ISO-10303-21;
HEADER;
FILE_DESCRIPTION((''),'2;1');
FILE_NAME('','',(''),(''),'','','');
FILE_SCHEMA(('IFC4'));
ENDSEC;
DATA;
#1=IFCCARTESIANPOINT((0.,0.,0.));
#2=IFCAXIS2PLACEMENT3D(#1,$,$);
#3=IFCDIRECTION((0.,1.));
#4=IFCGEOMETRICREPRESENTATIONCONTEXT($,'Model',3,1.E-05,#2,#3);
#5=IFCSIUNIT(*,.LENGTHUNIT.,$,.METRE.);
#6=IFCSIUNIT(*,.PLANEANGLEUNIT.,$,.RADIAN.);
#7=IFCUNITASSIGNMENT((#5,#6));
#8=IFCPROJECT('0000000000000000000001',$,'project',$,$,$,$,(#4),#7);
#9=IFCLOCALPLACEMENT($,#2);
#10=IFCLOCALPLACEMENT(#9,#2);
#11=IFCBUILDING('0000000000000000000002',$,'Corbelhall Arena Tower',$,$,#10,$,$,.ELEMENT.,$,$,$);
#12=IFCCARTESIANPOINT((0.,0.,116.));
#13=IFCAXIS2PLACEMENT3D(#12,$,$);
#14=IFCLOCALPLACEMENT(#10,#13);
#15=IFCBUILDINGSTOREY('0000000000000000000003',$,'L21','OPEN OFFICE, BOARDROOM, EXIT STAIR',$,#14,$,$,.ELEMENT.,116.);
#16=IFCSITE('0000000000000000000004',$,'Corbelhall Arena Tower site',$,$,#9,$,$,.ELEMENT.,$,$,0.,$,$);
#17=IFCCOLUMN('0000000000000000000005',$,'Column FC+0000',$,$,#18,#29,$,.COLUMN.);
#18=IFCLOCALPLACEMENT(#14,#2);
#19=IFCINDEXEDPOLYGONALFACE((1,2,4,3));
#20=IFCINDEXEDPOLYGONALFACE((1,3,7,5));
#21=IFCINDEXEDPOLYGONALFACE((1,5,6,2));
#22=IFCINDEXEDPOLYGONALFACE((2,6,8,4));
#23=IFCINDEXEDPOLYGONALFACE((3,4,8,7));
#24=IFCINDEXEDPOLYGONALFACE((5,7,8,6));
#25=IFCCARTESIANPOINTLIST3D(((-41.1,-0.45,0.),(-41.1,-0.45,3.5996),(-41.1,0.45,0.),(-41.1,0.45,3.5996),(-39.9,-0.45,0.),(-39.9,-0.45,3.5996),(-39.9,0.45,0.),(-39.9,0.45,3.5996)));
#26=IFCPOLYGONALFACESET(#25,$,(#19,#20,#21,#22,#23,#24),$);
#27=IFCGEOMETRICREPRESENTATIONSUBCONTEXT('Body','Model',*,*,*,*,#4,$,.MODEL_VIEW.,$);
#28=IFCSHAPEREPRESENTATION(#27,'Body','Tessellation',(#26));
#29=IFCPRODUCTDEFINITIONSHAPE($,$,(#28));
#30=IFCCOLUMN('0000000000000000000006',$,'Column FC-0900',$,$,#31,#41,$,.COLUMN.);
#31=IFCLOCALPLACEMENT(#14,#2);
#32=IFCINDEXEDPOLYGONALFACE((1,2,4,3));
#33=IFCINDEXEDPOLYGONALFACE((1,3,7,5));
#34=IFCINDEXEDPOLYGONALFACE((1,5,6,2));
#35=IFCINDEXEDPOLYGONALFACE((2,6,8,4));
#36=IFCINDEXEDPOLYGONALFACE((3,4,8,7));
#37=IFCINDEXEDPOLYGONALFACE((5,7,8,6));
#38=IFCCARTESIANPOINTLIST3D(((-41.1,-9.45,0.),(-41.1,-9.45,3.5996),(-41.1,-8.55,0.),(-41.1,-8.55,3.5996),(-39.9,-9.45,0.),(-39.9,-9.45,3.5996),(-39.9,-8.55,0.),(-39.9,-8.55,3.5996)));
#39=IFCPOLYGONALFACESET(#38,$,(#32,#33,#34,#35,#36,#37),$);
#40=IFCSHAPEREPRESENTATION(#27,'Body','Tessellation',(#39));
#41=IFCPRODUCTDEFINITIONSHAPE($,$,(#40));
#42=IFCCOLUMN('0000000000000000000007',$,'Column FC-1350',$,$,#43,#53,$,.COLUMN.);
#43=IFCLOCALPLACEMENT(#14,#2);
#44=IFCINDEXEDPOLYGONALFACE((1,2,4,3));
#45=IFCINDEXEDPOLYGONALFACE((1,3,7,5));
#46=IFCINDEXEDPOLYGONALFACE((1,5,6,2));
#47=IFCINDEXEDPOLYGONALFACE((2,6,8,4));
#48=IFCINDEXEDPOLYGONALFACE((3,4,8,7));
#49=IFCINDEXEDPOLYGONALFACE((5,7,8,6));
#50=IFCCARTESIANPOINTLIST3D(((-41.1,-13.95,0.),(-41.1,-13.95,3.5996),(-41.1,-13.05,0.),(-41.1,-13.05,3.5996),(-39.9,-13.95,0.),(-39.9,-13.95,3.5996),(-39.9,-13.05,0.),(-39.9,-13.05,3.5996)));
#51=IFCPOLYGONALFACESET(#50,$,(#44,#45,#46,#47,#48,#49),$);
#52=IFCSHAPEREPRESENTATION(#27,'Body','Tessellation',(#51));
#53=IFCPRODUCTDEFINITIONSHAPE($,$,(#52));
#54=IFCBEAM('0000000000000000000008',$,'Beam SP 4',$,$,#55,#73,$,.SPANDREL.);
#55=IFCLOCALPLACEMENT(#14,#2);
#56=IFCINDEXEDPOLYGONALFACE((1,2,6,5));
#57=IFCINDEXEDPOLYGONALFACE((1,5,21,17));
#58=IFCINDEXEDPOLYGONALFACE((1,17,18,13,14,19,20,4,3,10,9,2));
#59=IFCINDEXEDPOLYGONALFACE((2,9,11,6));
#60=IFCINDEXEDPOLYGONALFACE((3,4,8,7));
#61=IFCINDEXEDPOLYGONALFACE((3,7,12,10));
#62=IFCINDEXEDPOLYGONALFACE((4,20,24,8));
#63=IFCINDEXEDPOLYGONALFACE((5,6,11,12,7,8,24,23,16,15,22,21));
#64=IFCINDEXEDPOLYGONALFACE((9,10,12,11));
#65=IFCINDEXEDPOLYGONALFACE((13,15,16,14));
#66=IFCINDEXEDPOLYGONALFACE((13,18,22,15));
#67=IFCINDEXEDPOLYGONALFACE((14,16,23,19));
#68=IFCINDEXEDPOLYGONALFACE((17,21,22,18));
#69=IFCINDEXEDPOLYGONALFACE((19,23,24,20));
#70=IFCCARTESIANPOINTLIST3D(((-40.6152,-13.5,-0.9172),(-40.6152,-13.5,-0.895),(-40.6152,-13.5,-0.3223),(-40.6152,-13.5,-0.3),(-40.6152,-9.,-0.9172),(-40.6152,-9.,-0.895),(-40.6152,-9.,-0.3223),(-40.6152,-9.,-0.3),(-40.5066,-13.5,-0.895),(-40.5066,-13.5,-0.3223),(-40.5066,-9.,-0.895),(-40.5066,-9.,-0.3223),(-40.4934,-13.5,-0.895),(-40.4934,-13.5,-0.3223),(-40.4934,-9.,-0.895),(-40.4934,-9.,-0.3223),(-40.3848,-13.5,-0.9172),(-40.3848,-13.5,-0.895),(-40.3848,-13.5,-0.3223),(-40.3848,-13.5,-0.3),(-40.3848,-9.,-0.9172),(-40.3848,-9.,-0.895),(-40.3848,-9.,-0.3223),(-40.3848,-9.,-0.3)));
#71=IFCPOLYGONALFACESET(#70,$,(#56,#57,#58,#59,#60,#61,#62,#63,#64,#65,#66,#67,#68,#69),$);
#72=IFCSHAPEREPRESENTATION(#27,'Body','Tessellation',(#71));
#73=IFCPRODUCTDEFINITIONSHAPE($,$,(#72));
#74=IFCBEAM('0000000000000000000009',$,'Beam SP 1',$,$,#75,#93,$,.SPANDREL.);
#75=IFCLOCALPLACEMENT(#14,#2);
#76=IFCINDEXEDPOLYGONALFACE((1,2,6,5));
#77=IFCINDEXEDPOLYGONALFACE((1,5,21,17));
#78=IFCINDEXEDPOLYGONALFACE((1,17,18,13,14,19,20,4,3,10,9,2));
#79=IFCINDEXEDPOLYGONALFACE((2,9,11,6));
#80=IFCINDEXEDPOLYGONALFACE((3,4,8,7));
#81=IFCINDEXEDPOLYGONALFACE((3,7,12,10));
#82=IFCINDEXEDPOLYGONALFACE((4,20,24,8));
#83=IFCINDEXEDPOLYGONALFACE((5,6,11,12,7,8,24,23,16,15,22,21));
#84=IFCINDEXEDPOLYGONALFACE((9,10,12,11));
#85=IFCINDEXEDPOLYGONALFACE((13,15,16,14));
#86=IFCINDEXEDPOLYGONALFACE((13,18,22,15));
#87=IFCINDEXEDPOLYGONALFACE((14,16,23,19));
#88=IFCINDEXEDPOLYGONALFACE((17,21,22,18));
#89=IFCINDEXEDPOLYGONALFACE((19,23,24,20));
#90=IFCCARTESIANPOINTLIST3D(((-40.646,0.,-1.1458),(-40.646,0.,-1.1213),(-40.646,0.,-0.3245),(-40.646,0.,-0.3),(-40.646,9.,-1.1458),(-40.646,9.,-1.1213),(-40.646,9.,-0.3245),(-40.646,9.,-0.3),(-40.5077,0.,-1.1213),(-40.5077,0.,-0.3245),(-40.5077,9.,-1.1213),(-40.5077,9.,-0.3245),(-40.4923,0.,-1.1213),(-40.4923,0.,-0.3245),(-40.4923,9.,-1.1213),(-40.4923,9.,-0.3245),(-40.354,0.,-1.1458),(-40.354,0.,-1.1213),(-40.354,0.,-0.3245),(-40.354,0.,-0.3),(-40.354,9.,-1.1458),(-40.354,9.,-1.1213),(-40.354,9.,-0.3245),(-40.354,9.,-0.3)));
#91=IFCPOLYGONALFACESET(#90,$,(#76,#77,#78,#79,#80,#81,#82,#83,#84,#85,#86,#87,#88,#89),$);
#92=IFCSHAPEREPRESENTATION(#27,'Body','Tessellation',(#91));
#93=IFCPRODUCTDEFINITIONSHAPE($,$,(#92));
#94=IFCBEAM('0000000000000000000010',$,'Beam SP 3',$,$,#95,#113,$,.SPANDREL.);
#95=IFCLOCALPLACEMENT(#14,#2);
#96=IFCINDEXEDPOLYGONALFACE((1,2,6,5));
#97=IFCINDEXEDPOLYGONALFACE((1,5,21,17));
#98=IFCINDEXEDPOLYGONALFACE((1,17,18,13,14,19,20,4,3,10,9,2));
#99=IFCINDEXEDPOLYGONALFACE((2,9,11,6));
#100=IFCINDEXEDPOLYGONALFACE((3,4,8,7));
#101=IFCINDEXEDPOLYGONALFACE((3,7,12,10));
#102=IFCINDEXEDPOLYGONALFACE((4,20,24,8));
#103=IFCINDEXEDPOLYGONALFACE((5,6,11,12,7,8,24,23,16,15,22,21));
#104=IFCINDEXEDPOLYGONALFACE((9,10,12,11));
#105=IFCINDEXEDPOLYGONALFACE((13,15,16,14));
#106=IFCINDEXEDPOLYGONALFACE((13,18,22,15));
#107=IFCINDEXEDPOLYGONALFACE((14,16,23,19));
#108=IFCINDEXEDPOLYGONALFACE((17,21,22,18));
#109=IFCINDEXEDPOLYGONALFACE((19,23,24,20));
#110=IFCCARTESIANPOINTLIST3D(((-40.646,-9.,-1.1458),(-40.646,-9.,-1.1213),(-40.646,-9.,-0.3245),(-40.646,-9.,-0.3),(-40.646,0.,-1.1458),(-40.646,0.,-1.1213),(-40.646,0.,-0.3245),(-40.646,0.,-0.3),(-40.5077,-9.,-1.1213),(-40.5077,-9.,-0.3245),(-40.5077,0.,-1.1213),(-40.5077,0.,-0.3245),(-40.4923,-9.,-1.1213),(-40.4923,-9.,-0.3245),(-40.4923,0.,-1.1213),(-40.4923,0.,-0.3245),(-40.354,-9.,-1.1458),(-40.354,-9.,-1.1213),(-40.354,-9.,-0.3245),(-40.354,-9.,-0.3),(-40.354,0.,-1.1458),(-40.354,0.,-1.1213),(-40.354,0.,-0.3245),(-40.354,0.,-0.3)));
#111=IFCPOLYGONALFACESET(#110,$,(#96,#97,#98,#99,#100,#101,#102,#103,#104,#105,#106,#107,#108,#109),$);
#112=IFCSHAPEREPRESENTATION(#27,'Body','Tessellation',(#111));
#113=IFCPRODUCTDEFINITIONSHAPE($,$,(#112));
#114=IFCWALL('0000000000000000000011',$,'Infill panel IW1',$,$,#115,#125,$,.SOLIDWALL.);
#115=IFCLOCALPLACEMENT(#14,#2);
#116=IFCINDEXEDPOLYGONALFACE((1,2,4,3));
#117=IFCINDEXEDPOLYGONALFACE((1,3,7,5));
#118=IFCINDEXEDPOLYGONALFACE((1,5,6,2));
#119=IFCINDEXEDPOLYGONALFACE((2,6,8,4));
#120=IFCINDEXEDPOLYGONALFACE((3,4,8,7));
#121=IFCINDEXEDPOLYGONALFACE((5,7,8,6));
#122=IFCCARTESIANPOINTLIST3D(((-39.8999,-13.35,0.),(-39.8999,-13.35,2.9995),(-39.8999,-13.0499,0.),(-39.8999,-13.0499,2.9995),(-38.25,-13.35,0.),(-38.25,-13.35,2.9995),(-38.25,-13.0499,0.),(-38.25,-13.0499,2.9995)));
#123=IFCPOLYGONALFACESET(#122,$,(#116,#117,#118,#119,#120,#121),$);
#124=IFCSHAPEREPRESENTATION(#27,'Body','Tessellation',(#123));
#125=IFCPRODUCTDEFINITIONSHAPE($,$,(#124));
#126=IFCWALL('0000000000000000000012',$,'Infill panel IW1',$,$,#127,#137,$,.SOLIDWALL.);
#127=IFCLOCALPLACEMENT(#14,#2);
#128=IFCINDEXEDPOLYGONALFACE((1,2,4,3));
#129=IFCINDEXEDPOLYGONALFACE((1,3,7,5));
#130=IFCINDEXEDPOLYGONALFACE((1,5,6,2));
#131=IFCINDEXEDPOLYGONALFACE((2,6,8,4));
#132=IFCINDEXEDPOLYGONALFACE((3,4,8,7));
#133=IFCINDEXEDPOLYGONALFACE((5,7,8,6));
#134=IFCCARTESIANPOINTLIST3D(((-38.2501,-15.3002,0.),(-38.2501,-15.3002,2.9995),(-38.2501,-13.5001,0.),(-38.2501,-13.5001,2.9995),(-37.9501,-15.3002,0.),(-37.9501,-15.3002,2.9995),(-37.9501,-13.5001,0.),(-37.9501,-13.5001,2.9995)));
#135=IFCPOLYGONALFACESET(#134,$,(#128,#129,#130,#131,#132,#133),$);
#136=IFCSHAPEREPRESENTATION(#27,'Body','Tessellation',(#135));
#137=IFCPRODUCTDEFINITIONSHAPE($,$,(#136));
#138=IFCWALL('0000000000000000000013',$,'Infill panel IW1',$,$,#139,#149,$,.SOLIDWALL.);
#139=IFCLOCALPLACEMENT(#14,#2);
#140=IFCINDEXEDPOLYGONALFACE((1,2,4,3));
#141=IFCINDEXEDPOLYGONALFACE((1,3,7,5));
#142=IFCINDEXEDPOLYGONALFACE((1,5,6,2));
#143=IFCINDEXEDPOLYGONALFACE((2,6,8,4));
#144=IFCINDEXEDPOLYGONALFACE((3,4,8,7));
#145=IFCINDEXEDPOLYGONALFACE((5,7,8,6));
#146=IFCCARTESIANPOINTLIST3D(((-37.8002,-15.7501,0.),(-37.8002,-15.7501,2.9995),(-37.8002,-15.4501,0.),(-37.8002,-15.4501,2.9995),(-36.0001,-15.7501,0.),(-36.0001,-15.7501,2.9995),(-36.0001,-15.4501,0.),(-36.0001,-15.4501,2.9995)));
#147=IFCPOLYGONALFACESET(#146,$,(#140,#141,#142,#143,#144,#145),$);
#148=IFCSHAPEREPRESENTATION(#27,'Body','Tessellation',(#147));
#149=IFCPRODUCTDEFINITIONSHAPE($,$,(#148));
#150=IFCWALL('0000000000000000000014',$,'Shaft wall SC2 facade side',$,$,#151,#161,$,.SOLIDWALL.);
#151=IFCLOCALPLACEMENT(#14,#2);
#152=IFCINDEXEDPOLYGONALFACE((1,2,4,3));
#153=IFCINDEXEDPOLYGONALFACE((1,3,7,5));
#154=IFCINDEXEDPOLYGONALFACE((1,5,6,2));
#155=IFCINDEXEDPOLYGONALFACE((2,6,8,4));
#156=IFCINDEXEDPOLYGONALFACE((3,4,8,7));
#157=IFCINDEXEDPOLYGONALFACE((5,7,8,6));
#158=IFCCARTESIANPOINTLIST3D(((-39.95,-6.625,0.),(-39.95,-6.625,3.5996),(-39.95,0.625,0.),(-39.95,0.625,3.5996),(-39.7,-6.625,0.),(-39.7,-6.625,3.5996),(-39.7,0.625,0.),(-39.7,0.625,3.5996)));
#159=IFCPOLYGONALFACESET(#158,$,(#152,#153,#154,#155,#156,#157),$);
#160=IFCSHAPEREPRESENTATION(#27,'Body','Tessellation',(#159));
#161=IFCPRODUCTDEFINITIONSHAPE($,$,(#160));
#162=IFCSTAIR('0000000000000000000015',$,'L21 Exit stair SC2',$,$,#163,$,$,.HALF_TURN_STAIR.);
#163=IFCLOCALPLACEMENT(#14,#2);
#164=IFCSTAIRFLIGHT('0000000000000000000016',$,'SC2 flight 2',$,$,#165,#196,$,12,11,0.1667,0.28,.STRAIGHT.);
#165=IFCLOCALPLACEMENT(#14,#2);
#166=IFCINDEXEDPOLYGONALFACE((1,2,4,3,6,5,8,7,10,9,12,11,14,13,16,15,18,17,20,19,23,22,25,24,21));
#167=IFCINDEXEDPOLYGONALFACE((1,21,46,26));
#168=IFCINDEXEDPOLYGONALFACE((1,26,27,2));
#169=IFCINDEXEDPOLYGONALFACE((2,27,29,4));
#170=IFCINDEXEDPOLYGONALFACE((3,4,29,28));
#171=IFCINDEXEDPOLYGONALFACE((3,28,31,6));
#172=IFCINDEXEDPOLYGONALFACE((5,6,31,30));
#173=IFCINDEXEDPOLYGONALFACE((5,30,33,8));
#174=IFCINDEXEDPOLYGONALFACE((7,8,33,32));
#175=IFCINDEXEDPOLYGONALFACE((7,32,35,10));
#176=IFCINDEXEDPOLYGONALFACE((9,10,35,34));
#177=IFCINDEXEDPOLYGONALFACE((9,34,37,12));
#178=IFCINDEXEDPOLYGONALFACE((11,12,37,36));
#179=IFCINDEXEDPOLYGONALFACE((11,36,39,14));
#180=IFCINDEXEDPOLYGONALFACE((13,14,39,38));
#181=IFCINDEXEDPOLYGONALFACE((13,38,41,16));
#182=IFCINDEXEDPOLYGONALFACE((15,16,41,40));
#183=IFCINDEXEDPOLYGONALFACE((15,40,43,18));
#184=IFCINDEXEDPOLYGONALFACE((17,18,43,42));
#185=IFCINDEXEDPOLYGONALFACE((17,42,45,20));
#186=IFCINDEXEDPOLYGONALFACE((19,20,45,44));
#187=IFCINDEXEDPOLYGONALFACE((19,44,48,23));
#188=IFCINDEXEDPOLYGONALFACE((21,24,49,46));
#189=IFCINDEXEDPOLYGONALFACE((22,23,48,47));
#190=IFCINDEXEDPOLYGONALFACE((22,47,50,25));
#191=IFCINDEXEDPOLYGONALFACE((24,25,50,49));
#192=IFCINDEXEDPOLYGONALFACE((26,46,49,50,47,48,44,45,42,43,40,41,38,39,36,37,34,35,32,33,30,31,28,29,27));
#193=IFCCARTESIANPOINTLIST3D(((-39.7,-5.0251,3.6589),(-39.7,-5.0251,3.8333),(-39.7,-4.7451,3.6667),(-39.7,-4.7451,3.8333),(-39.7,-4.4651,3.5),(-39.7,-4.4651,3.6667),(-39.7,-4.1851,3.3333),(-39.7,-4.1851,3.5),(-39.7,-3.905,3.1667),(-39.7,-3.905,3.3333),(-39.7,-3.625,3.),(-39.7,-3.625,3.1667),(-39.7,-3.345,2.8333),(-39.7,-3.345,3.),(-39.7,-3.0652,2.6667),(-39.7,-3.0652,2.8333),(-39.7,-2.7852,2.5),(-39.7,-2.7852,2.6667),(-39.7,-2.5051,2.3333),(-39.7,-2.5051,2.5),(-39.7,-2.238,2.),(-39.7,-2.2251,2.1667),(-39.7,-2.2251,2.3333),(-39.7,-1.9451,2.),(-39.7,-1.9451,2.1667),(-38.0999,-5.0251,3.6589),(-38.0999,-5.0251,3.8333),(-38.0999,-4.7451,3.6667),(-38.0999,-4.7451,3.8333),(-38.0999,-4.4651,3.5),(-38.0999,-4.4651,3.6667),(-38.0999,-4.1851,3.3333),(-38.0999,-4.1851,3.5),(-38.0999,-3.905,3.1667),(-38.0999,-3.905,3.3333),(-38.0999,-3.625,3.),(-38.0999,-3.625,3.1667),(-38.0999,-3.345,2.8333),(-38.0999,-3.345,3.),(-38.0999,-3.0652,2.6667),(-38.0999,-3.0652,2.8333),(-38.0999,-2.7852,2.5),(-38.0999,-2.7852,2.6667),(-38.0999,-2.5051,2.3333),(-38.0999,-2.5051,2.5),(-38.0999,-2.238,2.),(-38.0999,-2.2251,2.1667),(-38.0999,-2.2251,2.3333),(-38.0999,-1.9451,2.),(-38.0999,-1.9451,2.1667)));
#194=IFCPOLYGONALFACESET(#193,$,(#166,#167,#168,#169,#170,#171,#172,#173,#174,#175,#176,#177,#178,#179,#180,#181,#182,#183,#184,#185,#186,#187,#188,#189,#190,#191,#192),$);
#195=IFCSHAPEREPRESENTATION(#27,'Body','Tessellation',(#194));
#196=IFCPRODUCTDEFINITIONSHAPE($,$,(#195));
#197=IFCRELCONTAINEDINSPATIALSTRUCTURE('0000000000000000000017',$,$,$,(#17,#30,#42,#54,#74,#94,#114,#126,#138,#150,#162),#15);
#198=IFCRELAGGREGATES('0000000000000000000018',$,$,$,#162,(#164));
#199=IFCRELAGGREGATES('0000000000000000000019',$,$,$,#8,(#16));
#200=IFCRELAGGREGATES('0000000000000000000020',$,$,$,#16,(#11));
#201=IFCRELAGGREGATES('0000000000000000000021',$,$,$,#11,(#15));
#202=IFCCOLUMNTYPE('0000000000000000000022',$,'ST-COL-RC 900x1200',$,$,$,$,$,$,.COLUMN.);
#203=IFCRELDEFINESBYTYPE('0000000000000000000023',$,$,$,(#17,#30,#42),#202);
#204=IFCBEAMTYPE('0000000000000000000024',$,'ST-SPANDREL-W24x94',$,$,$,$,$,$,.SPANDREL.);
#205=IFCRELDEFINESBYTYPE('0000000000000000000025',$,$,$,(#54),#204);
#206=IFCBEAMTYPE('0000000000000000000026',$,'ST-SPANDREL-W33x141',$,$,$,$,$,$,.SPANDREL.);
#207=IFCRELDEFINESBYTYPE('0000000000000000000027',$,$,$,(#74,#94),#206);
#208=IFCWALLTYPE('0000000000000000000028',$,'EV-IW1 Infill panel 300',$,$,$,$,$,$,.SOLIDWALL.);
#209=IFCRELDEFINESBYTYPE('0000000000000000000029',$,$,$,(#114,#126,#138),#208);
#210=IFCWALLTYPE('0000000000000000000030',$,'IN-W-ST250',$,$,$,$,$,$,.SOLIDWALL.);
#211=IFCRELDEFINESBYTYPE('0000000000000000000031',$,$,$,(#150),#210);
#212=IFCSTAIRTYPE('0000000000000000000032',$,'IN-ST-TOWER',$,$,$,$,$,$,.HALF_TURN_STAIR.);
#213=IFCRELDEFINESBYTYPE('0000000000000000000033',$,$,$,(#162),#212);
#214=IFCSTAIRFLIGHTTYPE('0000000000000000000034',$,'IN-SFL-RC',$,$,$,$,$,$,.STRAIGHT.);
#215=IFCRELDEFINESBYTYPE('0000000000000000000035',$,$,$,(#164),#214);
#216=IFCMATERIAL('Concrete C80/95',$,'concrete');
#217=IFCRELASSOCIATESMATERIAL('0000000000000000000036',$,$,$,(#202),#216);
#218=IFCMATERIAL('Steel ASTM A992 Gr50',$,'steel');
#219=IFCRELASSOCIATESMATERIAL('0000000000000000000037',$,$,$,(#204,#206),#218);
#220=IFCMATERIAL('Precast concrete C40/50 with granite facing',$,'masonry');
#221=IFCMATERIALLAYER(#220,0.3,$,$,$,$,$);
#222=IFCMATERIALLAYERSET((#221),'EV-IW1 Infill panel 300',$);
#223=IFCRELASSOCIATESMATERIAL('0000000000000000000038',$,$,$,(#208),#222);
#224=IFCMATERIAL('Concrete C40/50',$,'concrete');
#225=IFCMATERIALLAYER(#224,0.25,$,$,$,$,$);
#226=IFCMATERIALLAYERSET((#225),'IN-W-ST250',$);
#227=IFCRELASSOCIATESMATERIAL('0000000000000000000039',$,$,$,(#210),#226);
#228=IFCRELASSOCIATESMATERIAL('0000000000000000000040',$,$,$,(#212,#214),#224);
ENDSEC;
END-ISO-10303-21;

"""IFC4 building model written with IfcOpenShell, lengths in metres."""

from ifc_helpers import new_model, si_unit, direction, frame, frame_2d, origin, origin_2d, place, context, subcontext, project, spatial, polyline, rectangle, i_section, outline, extrude, material, layer, layer_set, material_profile, profile_set, type_object, element, aggregate, save


model = new_model("IFC4")

# Units and contexts
model_context = context("Model", 3, precision=1e-05, world=origin(), true_north=direction((0.0, 1.0)))
body_context = subcontext(model_context, "Body", "Model", "MODEL_VIEW")
ifc_project = project(units=[si_unit("LENGTHUNIT", "METRE"), si_unit("PLANEANGLEUNIT", "RADIAN")], contexts=[model_context])

# Site, building, storey
site_placement = place(None, origin())
site = spatial("IfcSite", under=ifc_project, at=site_placement, Name="Corbelhall Arena Tower site", CompositionType="ELEMENT", RefElevation=0.0)
building_placement = place(site_placement, origin())
building = spatial("IfcBuilding", under=site, at=building_placement, Name="Corbelhall Arena Tower", CompositionType="ELEMENT")
storey_placement = place(building_placement, frame((0.0, 0.0, 116.0)))
storey = spatial("IfcBuildingStorey", under=building, at=storey_placement, Name="L21", Description="OPEN OFFICE, BOARDROOM, EXIT STAIR", CompositionType="ELEMENT", Elevation=116.0)

# Columns
ifc_material_1 = material(Name="Concrete C80/95", Category="concrete")
ifc_material_profile_1 = material_profile(ifc_material_1, rectangle(XDim=0.8999, YDim=1.2, at=origin_2d()))
ifc_profile_set_1 = profile_set([ifc_material_profile_1], Name="Concrete C80/95")
column_type = type_object("IfcColumnType", Name="ST-COL-RC 900x1200", PredefinedType="COLUMN", material=ifc_profile_set_1)
for number, where, z_axis, x_axis, name in (
    (1, (-40.5, 0.0, 0.0), (0.0, 0.0, 1.0), (0.0, 1.0, 0.0), "Column FC+0000"),
    (2, (-40.5, -9.0, 0.0), (0.0, 0.0, 1.0), (0.0, 1.0, 0.0), "Column FC-0900"),
    (3, (-40.5, -13.5, 0.0), (0.0, 0.0, 1.0), (0.0, 1.0, 0.0), "Column FC-1350"),
):
    element("IfcColumn", number, at=place(storey_placement, frame(where, z_axis=z_axis, x_axis=x_axis)), inside=storey, type_object=column_type, Name=name, PredefinedType="COLUMN", context=body_context, shape_type="SweptSolid", body=[
        extrude(rectangle(XDim=0.8999, YDim=1.2, at=origin_2d()), origin(), (0.0, 0.0, 1.0), 3.5996),
    ])

# Beams
ifc_material_2 = material(Name="Steel ASTM A992 Gr50", Category="steel")
ifc_material_profile_2 = material_profile(ifc_material_2, i_section(OverallWidth=0.2305, OverallDepth=0.6172, WebThickness=0.0132, FlangeThickness=0.0222, at=origin_2d()))
ifc_profile_set_2 = profile_set([ifc_material_profile_2], Name="Steel ASTM A992 Gr50")
beam_type_1 = type_object("IfcBeamType", Name="ST-SPANDREL-W24x94", PredefinedType="SPANDREL", material=ifc_profile_set_2)
beam_placement = place(storey_placement, frame((-40.5, -13.5, -0.6086), z_axis=(0.0, 1.0, 0.0), x_axis=(-1.0, 0.0, 0.0)))
element("IfcBeam", 4, at=beam_placement, inside=storey, type_object=beam_type_1, Name="Beam SP 4", PredefinedType="SPANDREL", context=body_context, shape_type="SweptSolid", body=[
    extrude(i_section(OverallWidth=0.2305, OverallDepth=0.6172, WebThickness=0.0132, FlangeThickness=0.0222, at=origin_2d()), origin(), (0.0, 0.0, 1.0), 4.5),
])
ifc_material_profile_3 = material_profile(ifc_material_2, i_section(OverallWidth=0.292, OverallDepth=0.8457, WebThickness=0.0154, FlangeThickness=0.0244, at=origin_2d()))
ifc_profile_set_3 = profile_set([ifc_material_profile_3], Name="Steel ASTM A992 Gr50")
beam_type_2 = type_object("IfcBeamType", Name="ST-SPANDREL-W33x141", PredefinedType="SPANDREL", material=ifc_profile_set_3)
for number, where, z_axis, x_axis, name in (
    (5, (-40.5, 0.0, -0.7229), (0.0, 1.0, 0.0), (-1.0, 0.0, 0.0), "Beam SP 1"),
    (6, (-40.5, -9.0, -0.7229), (0.0, 1.0, 0.0), (-1.0, 0.0, 0.0), "Beam SP 3"),
):
    element("IfcBeam", number, at=place(storey_placement, frame(where, z_axis=z_axis, x_axis=x_axis)), inside=storey, type_object=beam_type_2, Name=name, PredefinedType="SPANDREL", context=body_context, shape_type="SweptSolid", body=[
        extrude(i_section(OverallWidth=0.292, OverallDepth=0.8457, WebThickness=0.0154, FlangeThickness=0.0244, at=origin_2d()), origin(), (0.0, 0.0, 1.0), 9.0),
    ])

# Walls
ifc_material_3 = material(Name="Precast concrete C40/50 with granite facing", Category="masonry")
ifc_layer_1 = layer(ifc_material_3, 0.3)
ifc_layer_set_1 = layer_set([ifc_layer_1], Name="EV-IW1 Infill panel 300")
wall_type_1 = type_object("IfcWallType", Name="EV-IW1 Infill panel 300", PredefinedType="SOLIDWALL", material=ifc_layer_set_1)
wall_1_placement = place(storey_placement, frame((-39.8999, -13.2, 0.0), z_axis=(0.0, 0.0, 1.0), x_axis=(1.0, 0.0, 0.0)))
element("IfcWall", 7, at=wall_1_placement, inside=storey, type_object=wall_type_1, Name="Infill panel IW1", PredefinedType="SOLIDWALL", context=body_context, shape_type="SweptSolid", body=[
    extrude(rectangle(XDim=1.6499, YDim=0.3, at=frame_2d((0.825, 0.0))), origin(), (0.0, 0.0, 1.0), 2.9995),
])
for number, where, z_axis, x_axis, name in (
    (8, (-38.1001, -15.3, 0.0), (0.0, 0.0, 1.0), (0.0, 1.0, 0.0), "Infill panel IW1"),
    (9, (-37.8, -15.6001, 0.0), (0.0, 0.0, 1.0), (1.0, 0.0, 0.0), "Infill panel IW1"),
):
    element("IfcWall", number, at=place(storey_placement, frame(where, z_axis=z_axis, x_axis=x_axis)), inside=storey, type_object=wall_type_1, Name=name, PredefinedType="SOLIDWALL", context=body_context, shape_type="SweptSolid", body=[
        extrude(rectangle(XDim=1.8, YDim=0.3, at=frame_2d((0.8999, 0.0))), origin(), (0.0, 0.0, 1.0), 2.9995),
    ])

# Wall
ifc_material_4 = material(Name="Concrete C40/50", Category="concrete")
ifc_layer_2 = layer(ifc_material_4, 0.25)
ifc_layer_set_2 = layer_set([ifc_layer_2], Name="IN-W-ST250")
wall_type_2 = type_object("IfcWallType", Name="IN-W-ST250", PredefinedType="SOLIDWALL", material=ifc_layer_set_2)
wall_2_placement = place(storey_placement, frame((-39.825, -6.625, 0.0), z_axis=(0.0, 0.0, 1.0), x_axis=(0.0, 1.0, 0.0)))
element("IfcWall", 10, at=wall_2_placement, inside=storey, type_object=wall_type_2, Name="Shaft wall SC2 facade side", PredefinedType="SOLIDWALL", context=body_context, shape_type="SweptSolid", body=[
    extrude(rectangle(XDim=7.25, YDim=0.25, at=frame_2d((3.625, 0.0))), origin(), (0.0, 0.0, 1.0), 3.5996),
])

# Stair, stair flight
stair_type = type_object("IfcStairType", Name="IN-ST-TOWER", PredefinedType="HALF_TURN_STAIR", material=ifc_material_4)
stair_placement = place(storey_placement, origin())
stair = element("IfcStair", 11, at=stair_placement, inside=storey, type_object=stair_type, Name="L21 Exit stair SC2", PredefinedType="HALF_TURN_STAIR")
stair_flight_type = type_object("IfcStairFlightType", Name="IN-SFL-RC", PredefinedType="STRAIGHT", material=ifc_material_4)
stair_flight_placement = place(storey_placement, frame((-38.8999, -1.9451, 2.0), z_axis=(0.0, 0.0, 1.0), x_axis=(0.0, -1.0, 0.0)))
stair_flight = element("IfcStairFlight", 12, at=stair_flight_placement, type_object=stair_flight_type, Name="SC2 flight 2", NumberOfRisers=12, NumberOfTreads=11, PredefinedType="STRAIGHT", RiserHeight=0.1667, TreadLength=0.28, context=body_context, shape_type="SweptSolid", body=[
    extrude(outline(polyline([(0.0, 0.0), (0.0, 0.1667), (0.28, 0.1667), (0.28, 0.3333), (0.5601, 0.3333), (0.5601, 0.5), (0.8401, 0.5), (0.8401, 0.6667), (1.1201, 0.6667), (1.1201, 0.8333), (1.3999, 0.8333), (1.3999, 1.0), (1.6799, 1.0), (1.6799, 1.1667), (1.96, 1.1667), (1.96, 1.3333), (2.24, 1.3333), (2.24, 1.5), (2.52, 1.5), (2.52, 1.6667), (2.8, 1.6667), (2.8, 1.8333), (3.0801, 1.8333), (3.0801, 2.0), (3.0801, 1.6589), (0.293, 0.0), (0.0, 0.0)])), frame((0.0, 0.8, 0.0), z_axis=(0.0, -1.0, 0.0), x_axis=(1.0, 0.0, 0.0)), (0.0, 0.0, 1.0), 1.6001),
])
aggregate(stair, [stair_flight])

save(model, "model.ifc")
